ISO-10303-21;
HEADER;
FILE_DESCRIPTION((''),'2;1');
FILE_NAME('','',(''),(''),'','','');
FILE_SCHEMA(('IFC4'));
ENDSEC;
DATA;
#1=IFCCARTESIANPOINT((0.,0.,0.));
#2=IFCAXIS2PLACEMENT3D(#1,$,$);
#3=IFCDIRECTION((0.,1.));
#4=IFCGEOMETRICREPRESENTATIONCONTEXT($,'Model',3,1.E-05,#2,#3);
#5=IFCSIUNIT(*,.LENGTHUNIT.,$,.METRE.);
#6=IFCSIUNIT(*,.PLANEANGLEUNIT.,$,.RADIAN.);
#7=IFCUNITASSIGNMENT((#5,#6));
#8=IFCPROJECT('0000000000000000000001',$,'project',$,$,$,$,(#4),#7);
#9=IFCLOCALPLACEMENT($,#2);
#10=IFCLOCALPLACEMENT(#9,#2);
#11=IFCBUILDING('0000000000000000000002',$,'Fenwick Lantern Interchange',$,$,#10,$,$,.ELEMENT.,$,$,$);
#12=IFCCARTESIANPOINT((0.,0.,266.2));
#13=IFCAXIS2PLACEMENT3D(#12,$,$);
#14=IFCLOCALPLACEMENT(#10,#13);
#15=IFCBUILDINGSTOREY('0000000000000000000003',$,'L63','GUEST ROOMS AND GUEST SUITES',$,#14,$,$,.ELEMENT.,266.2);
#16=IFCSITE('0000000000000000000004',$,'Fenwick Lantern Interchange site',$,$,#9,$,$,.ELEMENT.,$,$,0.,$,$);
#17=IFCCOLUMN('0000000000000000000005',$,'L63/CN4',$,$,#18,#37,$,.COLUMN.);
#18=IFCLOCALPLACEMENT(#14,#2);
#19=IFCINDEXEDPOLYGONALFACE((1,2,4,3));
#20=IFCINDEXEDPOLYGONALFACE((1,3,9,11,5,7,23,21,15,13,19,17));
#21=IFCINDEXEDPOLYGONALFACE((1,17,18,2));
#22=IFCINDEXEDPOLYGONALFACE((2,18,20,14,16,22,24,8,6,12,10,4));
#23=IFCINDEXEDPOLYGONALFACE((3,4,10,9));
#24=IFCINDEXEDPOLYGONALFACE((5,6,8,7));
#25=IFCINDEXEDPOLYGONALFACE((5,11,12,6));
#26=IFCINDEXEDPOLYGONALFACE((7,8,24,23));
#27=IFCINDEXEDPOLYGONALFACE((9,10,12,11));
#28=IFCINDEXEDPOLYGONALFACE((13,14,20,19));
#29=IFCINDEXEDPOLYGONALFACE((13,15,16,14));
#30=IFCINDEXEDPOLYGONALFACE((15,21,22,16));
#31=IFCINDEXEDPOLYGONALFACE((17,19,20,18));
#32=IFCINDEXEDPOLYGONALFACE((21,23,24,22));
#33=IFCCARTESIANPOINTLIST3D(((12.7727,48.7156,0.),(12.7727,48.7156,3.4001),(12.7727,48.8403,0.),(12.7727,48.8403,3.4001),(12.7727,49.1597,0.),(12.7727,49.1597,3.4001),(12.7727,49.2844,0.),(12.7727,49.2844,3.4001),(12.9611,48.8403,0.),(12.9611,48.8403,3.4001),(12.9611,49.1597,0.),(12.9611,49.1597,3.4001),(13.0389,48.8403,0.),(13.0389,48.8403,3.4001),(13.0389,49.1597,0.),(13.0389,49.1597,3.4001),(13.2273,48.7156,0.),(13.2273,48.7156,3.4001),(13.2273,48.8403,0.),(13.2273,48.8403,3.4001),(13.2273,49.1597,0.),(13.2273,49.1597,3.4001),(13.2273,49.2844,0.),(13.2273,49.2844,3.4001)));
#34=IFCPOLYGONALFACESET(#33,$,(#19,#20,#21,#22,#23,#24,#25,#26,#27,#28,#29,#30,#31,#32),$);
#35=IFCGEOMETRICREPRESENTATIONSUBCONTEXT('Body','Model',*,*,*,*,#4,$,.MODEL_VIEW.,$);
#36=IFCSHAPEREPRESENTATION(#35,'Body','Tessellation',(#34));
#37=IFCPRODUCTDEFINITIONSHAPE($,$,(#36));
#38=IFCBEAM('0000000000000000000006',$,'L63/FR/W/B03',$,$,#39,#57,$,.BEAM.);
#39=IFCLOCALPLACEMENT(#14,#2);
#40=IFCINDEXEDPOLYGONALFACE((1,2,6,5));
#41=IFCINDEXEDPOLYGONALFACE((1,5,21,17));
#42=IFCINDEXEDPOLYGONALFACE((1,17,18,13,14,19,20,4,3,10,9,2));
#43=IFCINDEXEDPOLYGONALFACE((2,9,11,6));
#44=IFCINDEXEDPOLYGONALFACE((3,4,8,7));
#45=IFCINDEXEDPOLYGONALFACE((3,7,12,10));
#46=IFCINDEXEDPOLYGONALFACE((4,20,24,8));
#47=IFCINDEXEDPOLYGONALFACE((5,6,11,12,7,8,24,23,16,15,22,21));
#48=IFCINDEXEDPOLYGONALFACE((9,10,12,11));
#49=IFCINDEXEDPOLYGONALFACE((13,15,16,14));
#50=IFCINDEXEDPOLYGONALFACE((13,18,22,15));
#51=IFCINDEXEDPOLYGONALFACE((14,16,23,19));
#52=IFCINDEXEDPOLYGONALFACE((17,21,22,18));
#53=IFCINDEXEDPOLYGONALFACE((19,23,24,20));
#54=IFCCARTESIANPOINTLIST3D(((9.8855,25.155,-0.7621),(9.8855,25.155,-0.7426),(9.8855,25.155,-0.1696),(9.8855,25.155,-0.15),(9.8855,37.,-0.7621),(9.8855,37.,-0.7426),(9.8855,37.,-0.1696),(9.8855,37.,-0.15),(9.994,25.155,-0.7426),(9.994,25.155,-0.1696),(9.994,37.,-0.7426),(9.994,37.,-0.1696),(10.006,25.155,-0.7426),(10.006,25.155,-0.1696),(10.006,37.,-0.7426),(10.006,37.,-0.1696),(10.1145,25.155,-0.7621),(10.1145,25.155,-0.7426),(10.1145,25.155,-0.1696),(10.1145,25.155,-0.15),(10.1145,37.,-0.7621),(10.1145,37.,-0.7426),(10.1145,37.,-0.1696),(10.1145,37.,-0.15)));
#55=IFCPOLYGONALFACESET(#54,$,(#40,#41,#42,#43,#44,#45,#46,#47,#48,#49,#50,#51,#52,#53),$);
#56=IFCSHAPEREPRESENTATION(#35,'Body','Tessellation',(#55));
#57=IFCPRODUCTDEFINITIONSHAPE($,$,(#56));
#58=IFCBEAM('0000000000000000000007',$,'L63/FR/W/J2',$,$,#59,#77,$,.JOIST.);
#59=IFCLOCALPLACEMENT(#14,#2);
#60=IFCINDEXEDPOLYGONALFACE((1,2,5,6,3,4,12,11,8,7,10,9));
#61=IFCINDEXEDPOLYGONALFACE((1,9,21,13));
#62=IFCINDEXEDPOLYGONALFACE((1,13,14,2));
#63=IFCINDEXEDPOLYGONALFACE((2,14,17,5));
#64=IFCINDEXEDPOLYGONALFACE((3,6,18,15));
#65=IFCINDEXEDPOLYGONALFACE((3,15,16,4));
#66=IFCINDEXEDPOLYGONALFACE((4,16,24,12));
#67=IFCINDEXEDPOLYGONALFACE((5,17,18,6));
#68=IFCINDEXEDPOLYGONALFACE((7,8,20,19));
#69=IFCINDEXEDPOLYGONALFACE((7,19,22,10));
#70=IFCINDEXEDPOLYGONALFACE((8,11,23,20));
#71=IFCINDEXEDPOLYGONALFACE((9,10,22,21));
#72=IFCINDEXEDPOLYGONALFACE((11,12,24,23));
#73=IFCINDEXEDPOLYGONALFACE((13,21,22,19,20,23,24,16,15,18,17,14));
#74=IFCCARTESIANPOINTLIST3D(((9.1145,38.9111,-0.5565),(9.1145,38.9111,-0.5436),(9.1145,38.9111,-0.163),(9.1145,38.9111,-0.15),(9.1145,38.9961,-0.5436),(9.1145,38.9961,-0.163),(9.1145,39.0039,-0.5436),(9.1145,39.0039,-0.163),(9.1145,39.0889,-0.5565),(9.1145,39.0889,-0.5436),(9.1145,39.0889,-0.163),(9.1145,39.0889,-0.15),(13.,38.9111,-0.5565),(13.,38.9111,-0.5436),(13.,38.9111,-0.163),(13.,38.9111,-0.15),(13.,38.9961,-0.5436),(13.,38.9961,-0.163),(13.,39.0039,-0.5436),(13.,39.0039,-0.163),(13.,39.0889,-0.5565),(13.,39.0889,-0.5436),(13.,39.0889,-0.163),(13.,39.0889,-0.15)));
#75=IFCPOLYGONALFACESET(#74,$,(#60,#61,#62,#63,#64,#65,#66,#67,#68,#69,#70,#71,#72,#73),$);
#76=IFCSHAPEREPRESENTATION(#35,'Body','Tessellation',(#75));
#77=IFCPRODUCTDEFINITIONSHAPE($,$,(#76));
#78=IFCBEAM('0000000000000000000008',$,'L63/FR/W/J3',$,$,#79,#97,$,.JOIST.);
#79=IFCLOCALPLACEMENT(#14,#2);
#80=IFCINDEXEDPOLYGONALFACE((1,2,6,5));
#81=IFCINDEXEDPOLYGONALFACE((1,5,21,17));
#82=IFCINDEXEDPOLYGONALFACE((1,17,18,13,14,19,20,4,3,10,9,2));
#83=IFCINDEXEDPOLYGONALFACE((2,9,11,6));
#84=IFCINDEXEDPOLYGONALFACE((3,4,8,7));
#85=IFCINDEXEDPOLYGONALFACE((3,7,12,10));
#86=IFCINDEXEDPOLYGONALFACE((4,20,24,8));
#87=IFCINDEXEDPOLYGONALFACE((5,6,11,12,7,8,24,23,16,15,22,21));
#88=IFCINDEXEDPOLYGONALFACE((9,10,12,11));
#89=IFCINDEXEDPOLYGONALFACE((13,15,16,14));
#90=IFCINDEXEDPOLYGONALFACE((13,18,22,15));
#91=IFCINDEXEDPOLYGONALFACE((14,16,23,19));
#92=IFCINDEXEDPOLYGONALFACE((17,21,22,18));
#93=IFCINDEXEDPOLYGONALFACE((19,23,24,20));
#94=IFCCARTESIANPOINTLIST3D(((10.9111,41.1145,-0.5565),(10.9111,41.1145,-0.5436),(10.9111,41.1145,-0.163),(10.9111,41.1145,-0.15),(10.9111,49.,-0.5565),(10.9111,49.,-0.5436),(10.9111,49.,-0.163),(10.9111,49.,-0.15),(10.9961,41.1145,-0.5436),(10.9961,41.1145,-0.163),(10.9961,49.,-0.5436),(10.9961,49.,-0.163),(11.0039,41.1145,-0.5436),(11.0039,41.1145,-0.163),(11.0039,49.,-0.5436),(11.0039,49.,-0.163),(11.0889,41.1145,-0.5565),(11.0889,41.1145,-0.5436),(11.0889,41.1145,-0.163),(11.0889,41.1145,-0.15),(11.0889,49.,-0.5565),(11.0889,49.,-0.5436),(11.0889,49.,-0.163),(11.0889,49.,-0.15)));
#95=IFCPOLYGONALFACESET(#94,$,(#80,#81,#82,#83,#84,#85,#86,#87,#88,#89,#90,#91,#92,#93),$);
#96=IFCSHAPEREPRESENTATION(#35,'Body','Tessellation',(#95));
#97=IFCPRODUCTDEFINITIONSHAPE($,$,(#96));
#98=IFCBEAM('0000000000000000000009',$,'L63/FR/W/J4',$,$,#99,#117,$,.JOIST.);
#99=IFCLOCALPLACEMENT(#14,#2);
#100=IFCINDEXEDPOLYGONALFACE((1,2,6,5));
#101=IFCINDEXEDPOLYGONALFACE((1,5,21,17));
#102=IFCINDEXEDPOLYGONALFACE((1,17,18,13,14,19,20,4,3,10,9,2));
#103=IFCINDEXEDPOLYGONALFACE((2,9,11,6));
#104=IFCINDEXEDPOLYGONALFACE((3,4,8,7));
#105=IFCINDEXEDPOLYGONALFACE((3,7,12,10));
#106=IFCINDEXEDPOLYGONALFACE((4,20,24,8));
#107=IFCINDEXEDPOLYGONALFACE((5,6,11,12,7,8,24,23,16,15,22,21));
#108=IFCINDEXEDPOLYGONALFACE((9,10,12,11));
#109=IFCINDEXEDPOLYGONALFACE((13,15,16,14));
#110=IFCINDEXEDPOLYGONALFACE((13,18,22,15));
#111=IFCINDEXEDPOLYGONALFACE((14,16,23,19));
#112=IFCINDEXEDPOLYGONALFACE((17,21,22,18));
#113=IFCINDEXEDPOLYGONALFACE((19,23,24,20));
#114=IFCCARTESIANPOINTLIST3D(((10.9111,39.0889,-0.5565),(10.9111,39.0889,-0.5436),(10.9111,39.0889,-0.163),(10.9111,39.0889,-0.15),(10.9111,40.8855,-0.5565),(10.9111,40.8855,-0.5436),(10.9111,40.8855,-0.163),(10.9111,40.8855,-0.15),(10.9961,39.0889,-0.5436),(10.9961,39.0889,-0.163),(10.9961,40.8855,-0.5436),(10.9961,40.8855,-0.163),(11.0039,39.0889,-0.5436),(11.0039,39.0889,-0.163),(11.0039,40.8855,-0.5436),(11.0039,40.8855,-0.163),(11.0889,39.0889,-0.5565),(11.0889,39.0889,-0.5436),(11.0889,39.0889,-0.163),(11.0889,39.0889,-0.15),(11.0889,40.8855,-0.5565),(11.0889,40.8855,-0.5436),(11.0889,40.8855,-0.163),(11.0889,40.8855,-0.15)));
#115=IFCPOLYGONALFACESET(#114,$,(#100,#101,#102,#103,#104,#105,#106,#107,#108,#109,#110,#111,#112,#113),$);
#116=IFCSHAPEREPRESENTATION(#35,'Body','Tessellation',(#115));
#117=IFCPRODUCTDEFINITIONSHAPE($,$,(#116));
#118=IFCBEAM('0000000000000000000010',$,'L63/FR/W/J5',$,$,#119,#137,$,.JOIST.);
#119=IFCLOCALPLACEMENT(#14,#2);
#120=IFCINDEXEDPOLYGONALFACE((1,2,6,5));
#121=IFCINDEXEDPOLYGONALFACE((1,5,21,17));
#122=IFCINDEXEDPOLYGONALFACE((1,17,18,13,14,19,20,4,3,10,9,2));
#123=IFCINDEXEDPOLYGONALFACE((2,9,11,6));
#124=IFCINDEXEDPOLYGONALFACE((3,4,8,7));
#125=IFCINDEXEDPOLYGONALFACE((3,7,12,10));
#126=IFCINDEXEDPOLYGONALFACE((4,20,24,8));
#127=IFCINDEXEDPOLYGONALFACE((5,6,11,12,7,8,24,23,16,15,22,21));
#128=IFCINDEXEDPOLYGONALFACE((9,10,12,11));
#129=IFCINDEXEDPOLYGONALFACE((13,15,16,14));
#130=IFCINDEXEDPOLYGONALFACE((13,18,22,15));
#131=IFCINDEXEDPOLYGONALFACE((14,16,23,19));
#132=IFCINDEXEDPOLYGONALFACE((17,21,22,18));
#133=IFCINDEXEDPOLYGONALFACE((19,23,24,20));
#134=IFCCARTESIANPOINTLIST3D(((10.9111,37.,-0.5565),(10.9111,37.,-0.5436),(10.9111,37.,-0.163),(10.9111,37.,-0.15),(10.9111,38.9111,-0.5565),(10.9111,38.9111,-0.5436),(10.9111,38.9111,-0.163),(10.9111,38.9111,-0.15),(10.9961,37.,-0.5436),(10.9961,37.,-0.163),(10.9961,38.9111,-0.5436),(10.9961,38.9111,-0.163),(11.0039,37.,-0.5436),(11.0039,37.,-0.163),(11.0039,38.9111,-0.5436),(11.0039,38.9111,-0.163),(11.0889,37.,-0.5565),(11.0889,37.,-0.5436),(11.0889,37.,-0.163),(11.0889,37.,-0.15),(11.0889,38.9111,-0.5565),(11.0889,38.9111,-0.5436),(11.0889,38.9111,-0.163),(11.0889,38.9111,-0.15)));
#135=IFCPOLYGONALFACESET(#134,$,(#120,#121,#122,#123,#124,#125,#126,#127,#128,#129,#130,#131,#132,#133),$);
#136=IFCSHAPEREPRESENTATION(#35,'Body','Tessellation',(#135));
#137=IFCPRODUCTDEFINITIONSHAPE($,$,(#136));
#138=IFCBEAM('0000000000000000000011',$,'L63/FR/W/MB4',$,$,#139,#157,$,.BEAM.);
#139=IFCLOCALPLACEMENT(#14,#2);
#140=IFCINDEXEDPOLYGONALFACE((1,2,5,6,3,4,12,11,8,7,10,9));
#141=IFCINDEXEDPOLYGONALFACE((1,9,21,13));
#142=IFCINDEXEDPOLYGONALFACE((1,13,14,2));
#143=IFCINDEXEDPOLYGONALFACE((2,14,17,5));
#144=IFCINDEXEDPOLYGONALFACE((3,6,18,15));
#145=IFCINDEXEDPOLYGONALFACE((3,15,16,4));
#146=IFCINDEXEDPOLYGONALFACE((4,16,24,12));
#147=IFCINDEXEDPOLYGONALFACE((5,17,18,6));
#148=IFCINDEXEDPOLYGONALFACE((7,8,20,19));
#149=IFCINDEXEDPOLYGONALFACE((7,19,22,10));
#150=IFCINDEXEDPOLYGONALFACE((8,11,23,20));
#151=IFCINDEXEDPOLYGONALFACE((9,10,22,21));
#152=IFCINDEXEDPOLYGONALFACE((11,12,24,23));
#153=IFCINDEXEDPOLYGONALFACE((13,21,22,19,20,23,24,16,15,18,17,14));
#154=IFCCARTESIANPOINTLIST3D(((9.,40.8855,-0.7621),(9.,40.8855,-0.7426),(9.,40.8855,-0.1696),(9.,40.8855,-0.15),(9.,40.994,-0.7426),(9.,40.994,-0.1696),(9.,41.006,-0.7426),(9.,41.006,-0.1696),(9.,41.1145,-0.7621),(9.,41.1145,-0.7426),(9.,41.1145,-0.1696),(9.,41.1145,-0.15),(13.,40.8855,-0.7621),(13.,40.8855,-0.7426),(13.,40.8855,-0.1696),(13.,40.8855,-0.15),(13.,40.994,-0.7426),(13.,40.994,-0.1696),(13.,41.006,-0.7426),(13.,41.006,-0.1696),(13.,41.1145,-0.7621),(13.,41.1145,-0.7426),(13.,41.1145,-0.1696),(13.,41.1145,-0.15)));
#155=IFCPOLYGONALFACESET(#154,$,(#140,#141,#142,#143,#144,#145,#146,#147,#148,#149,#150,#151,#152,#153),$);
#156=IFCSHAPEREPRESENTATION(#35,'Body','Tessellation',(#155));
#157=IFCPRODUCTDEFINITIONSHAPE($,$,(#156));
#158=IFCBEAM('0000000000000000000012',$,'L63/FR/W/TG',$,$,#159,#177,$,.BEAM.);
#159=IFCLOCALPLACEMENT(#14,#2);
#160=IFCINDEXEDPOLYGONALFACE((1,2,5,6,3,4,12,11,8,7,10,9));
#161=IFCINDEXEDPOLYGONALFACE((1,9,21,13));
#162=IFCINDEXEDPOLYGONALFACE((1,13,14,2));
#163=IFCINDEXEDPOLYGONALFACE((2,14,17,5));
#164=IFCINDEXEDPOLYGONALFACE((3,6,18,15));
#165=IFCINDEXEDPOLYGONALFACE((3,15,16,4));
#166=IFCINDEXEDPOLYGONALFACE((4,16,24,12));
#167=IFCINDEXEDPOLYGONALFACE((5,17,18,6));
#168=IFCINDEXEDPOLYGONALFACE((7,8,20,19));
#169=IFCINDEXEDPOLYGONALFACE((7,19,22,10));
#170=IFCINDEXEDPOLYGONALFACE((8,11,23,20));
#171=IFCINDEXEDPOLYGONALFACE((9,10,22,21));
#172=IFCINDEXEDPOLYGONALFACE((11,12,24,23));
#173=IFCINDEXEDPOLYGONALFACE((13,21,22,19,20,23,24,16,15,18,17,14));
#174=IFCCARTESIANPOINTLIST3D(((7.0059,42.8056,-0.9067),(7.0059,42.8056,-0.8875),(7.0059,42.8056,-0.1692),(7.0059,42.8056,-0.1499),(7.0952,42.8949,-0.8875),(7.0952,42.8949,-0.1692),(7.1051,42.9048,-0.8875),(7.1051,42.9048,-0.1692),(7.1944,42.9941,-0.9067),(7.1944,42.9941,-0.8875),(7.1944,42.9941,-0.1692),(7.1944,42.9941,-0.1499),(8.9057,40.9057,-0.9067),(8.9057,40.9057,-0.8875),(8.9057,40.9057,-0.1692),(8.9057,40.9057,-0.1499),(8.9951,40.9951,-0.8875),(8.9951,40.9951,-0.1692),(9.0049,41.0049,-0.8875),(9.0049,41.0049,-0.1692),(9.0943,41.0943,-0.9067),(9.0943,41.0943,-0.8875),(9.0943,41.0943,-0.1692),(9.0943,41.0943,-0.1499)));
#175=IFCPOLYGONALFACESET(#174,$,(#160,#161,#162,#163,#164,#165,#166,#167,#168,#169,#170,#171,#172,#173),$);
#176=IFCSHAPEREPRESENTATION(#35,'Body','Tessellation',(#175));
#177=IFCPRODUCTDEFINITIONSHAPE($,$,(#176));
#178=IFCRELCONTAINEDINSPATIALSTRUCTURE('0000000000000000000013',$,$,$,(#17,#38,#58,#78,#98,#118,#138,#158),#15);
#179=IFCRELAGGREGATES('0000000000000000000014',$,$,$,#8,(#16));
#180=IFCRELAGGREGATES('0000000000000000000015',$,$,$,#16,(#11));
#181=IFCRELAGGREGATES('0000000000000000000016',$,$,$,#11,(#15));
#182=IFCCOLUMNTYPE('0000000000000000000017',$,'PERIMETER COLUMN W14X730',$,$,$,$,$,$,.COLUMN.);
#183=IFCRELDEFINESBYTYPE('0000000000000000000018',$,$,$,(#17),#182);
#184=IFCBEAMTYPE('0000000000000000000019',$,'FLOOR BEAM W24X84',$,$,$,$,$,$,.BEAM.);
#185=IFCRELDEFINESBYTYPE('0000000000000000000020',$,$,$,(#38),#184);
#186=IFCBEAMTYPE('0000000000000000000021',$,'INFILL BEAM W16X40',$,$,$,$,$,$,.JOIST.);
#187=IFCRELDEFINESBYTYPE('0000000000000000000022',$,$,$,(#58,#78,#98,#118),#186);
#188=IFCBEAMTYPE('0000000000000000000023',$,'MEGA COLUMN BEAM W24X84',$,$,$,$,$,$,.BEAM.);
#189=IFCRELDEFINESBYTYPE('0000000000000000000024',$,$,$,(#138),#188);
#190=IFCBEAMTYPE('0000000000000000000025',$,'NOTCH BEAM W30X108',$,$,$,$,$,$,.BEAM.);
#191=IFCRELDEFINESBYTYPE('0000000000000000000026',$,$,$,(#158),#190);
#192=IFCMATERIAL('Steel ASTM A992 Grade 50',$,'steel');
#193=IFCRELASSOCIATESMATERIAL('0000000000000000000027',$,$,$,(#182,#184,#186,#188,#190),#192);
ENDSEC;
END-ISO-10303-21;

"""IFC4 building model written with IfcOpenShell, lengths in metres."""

from ifc_helpers import new_model, si_unit, direction, frame, origin, origin_2d, place, context, subcontext, project, spatial, i_section, extrude, material, material_profile, profile_set, type_object, element, save


model = new_model("IFC4")

# Units and contexts
model_context = context("Model", 3, precision=1e-05, world=origin(), true_north=direction((0.0, 1.0)))
body_context = subcontext(model_context, "Body", "Model", "MODEL_VIEW")
ifc_project = project(units=[si_unit("LENGTHUNIT", "METRE"), si_unit("PLANEANGLEUNIT", "RADIAN")], contexts=[model_context])

# Site, building, storey
site_placement = place(None, origin())
site = spatial("IfcSite", under=ifc_project, at=site_placement, Name="Fenwick Lantern Interchange site", CompositionType="ELEMENT", RefElevation=0.0)
building_placement = place(site_placement, origin())
building = spatial("IfcBuilding", under=site, at=building_placement, Name="Fenwick Lantern Interchange", CompositionType="ELEMENT")
storey_placement = place(building_placement, frame((0.0, 0.0, 266.2)))
storey = spatial("IfcBuildingStorey", under=building, at=storey_placement, Name="L63", Description="GUEST ROOMS AND GUEST SUITES", CompositionType="ELEMENT", Elevation=266.2)

# Column
ifc_material_1 = material(Name="Steel ASTM A992 Grade 50", Category="steel")
ifc_material_profile_1 = material_profile(ifc_material_1, i_section(OverallWidth=0.4546, OverallDepth=0.5688, WebThickness=0.0779, FlangeThickness=0.1248, at=origin_2d()), Name="W14X730")
ifc_profile_set_1 = profile_set([ifc_material_profile_1], Name="Steel ASTM A992 Grade 50")
column_type = type_object("IfcColumnType", Name="PERIMETER COLUMN W14X730", PredefinedType="COLUMN", material=ifc_profile_set_1)
column_placement = place(storey_placement, frame((13.0, 49.0, 0.0), z_axis=(0.0, 0.0, 1.0), x_axis=(1.0, 0.0, 0.0)))
element("IfcColumn", 1, at=column_placement, inside=storey, type_object=column_type, Name="L63/CN4", PredefinedType="COLUMN", context=body_context, shape_type="SweptSolid", body=[
    extrude(i_section(OverallWidth=0.4546, OverallDepth=0.5688, WebThickness=0.0779, FlangeThickness=0.1248, at=origin_2d()), origin(), (0.0, 0.0, 1.0), 3.4001),
])

# Beams
ifc_material_profile_2 = material_profile(ifc_material_1, i_section(OverallWidth=0.229, OverallDepth=0.6121, WebThickness=0.012, FlangeThickness=0.0195, at=origin_2d()), Name="W24X84")
ifc_profile_set_2 = profile_set([ifc_material_profile_2], Name="Steel ASTM A992 Grade 50")
beam_type_1 = type_object("IfcBeamType", Name="FLOOR BEAM W24X84", PredefinedType="BEAM", material=ifc_profile_set_2)
beam_1_placement = place(storey_placement, frame((10.0, 37.0, -0.4561), z_axis=(0.0, -1.0, 0.0), x_axis=(1.0, 0.0, 0.0)))
element("IfcBeam", 2, at=beam_1_placement, inside=storey, type_object=beam_type_1, Name="L63/FR/W/B03", PredefinedType="BEAM", context=body_context, shape_type="SweptSolid", body=[
    extrude(i_section(OverallWidth=0.229, OverallDepth=0.6121, WebThickness=0.012, FlangeThickness=0.0195, at=origin_2d()), origin(), (0.0, 0.0, 1.0), 11.845),
])
ifc_material_profile_3 = material_profile(ifc_material_1, i_section(OverallWidth=0.1777, OverallDepth=0.4065, WebThickness=0.0078, FlangeThickness=0.0129, at=origin_2d()), Name="W16X40")
ifc_profile_set_3 = profile_set([ifc_material_profile_3], Name="Steel ASTM A992 Grade 50")
beam_type_2 = type_object("IfcBeamType", Name="INFILL BEAM W16X40", PredefinedType="JOIST", material=ifc_profile_set_3)
beam_2_placement = place(storey_placement, frame((9.1145, 39.0, -0.3533), z_axis=(1.0, 0.0, 0.0), x_axis=(0.0, 1.0, 0.0)))
element("IfcBeam", 3, at=beam_2_placement, inside=storey, type_object=beam_type_2, Name="L63/FR/W/J2", PredefinedType="JOIST", context=body_context, shape_type="SweptSolid", body=[
    extrude(i_section(OverallWidth=0.1777, OverallDepth=0.4065, WebThickness=0.0078, FlangeThickness=0.0129, at=origin_2d()), origin(), (0.0, 0.0, 1.0), 3.8855),
])
beam_3_placement = place(storey_placement, frame((11.0, 49.0, -0.3533), z_axis=(0.0, -1.0, 0.0), x_axis=(1.0, 0.0, 0.0)))
element("IfcBeam", 4, at=beam_3_placement, inside=storey, type_object=beam_type_2, Name="L63/FR/W/J3", PredefinedType="JOIST", context=body_context, shape_type="SweptSolid", body=[
    extrude(i_section(OverallWidth=0.1777, OverallDepth=0.4065, WebThickness=0.0078, FlangeThickness=0.0129, at=origin_2d()), origin(), (0.0, 0.0, 1.0), 7.8855),
])
beam_4_placement = place(storey_placement, frame((11.0, 40.8855, -0.3533), z_axis=(0.0, -1.0, 0.0), x_axis=(1.0, 0.0, 0.0)))
element("IfcBeam", 5, at=beam_4_placement, inside=storey, type_object=beam_type_2, Name="L63/FR/W/J4", PredefinedType="JOIST", context=body_context, shape_type="SweptSolid", body=[
    extrude(i_section(OverallWidth=0.1777, OverallDepth=0.4065, WebThickness=0.0078, FlangeThickness=0.0129, at=origin_2d()), origin(), (0.0, 0.0, 1.0), 1.7966),
])
beam_5_placement = place(storey_placement, frame((11.0, 38.9111, -0.3533), z_axis=(0.0, -1.0, 0.0), x_axis=(1.0, 0.0, 0.0)))
element("IfcBeam", 6, at=beam_5_placement, inside=storey, type_object=beam_type_2, Name="L63/FR/W/J5", PredefinedType="JOIST", context=body_context, shape_type="SweptSolid", body=[
    extrude(i_section(OverallWidth=0.1777, OverallDepth=0.4065, WebThickness=0.0078, FlangeThickness=0.0129, at=origin_2d()), origin(), (0.0, 0.0, 1.0), 1.9111),
])
ifc_material_profile_4 = material_profile(ifc_material_1, i_section(OverallWidth=0.229, OverallDepth=0.6121, WebThickness=0.012, FlangeThickness=0.0195, at=origin_2d()), Name="W24X84")
ifc_profile_set_4 = profile_set([ifc_material_profile_4], Name="Steel ASTM A992 Grade 50")
beam_type_3 = type_object("IfcBeamType", Name="MEGA COLUMN BEAM W24X84", PredefinedType="BEAM", material=ifc_profile_set_4)
beam_6_placement = place(storey_placement, frame((9.0, 41.0, -0.4561), z_axis=(1.0, 0.0, 0.0), x_axis=(0.0, 1.0, 0.0)))
element("IfcBeam", 7, at=beam_6_placement, inside=storey, type_object=beam_type_3, Name="L63/FR/W/MB4", PredefinedType="BEAM", context=body_context, shape_type="SweptSolid", body=[
    extrude(i_section(OverallWidth=0.229, OverallDepth=0.6121, WebThickness=0.012, FlangeThickness=0.0195, at=origin_2d()), origin(), (0.0, 0.0, 1.0), 4.0),
])
ifc_material_profile_5 = material_profile(ifc_material_1, i_section(OverallWidth=0.2666, OverallDepth=0.7568, WebThickness=0.0139, FlangeThickness=0.0193, at=origin_2d()), Name="W30X108")
ifc_profile_set_5 = profile_set([ifc_material_profile_5], Name="Steel ASTM A992 Grade 50")
beam_type_4 = type_object("IfcBeamType", Name="NOTCH BEAM W30X108", PredefinedType="BEAM", material=ifc_profile_set_5)
beam_7_placement = place(storey_placement, frame((9.0, 41.0, -0.5283), z_axis=(-0.707107, 0.707107, 0.0), x_axis=(-0.707107, -0.707107, 0.0)))
element("IfcBeam", 8, at=beam_7_placement, inside=storey, type_object=beam_type_4, Name="L63/FR/W/TG", PredefinedType="BEAM", context=body_context, shape_type="SweptSolid", body=[
    extrude(i_section(OverallWidth=0.2666, OverallDepth=0.7568, WebThickness=0.0139, FlangeThickness=0.0193, at=origin_2d()), origin(), (0.0, 0.0, 1.0), 2.6868),
])

save(model, "model.ifc")
